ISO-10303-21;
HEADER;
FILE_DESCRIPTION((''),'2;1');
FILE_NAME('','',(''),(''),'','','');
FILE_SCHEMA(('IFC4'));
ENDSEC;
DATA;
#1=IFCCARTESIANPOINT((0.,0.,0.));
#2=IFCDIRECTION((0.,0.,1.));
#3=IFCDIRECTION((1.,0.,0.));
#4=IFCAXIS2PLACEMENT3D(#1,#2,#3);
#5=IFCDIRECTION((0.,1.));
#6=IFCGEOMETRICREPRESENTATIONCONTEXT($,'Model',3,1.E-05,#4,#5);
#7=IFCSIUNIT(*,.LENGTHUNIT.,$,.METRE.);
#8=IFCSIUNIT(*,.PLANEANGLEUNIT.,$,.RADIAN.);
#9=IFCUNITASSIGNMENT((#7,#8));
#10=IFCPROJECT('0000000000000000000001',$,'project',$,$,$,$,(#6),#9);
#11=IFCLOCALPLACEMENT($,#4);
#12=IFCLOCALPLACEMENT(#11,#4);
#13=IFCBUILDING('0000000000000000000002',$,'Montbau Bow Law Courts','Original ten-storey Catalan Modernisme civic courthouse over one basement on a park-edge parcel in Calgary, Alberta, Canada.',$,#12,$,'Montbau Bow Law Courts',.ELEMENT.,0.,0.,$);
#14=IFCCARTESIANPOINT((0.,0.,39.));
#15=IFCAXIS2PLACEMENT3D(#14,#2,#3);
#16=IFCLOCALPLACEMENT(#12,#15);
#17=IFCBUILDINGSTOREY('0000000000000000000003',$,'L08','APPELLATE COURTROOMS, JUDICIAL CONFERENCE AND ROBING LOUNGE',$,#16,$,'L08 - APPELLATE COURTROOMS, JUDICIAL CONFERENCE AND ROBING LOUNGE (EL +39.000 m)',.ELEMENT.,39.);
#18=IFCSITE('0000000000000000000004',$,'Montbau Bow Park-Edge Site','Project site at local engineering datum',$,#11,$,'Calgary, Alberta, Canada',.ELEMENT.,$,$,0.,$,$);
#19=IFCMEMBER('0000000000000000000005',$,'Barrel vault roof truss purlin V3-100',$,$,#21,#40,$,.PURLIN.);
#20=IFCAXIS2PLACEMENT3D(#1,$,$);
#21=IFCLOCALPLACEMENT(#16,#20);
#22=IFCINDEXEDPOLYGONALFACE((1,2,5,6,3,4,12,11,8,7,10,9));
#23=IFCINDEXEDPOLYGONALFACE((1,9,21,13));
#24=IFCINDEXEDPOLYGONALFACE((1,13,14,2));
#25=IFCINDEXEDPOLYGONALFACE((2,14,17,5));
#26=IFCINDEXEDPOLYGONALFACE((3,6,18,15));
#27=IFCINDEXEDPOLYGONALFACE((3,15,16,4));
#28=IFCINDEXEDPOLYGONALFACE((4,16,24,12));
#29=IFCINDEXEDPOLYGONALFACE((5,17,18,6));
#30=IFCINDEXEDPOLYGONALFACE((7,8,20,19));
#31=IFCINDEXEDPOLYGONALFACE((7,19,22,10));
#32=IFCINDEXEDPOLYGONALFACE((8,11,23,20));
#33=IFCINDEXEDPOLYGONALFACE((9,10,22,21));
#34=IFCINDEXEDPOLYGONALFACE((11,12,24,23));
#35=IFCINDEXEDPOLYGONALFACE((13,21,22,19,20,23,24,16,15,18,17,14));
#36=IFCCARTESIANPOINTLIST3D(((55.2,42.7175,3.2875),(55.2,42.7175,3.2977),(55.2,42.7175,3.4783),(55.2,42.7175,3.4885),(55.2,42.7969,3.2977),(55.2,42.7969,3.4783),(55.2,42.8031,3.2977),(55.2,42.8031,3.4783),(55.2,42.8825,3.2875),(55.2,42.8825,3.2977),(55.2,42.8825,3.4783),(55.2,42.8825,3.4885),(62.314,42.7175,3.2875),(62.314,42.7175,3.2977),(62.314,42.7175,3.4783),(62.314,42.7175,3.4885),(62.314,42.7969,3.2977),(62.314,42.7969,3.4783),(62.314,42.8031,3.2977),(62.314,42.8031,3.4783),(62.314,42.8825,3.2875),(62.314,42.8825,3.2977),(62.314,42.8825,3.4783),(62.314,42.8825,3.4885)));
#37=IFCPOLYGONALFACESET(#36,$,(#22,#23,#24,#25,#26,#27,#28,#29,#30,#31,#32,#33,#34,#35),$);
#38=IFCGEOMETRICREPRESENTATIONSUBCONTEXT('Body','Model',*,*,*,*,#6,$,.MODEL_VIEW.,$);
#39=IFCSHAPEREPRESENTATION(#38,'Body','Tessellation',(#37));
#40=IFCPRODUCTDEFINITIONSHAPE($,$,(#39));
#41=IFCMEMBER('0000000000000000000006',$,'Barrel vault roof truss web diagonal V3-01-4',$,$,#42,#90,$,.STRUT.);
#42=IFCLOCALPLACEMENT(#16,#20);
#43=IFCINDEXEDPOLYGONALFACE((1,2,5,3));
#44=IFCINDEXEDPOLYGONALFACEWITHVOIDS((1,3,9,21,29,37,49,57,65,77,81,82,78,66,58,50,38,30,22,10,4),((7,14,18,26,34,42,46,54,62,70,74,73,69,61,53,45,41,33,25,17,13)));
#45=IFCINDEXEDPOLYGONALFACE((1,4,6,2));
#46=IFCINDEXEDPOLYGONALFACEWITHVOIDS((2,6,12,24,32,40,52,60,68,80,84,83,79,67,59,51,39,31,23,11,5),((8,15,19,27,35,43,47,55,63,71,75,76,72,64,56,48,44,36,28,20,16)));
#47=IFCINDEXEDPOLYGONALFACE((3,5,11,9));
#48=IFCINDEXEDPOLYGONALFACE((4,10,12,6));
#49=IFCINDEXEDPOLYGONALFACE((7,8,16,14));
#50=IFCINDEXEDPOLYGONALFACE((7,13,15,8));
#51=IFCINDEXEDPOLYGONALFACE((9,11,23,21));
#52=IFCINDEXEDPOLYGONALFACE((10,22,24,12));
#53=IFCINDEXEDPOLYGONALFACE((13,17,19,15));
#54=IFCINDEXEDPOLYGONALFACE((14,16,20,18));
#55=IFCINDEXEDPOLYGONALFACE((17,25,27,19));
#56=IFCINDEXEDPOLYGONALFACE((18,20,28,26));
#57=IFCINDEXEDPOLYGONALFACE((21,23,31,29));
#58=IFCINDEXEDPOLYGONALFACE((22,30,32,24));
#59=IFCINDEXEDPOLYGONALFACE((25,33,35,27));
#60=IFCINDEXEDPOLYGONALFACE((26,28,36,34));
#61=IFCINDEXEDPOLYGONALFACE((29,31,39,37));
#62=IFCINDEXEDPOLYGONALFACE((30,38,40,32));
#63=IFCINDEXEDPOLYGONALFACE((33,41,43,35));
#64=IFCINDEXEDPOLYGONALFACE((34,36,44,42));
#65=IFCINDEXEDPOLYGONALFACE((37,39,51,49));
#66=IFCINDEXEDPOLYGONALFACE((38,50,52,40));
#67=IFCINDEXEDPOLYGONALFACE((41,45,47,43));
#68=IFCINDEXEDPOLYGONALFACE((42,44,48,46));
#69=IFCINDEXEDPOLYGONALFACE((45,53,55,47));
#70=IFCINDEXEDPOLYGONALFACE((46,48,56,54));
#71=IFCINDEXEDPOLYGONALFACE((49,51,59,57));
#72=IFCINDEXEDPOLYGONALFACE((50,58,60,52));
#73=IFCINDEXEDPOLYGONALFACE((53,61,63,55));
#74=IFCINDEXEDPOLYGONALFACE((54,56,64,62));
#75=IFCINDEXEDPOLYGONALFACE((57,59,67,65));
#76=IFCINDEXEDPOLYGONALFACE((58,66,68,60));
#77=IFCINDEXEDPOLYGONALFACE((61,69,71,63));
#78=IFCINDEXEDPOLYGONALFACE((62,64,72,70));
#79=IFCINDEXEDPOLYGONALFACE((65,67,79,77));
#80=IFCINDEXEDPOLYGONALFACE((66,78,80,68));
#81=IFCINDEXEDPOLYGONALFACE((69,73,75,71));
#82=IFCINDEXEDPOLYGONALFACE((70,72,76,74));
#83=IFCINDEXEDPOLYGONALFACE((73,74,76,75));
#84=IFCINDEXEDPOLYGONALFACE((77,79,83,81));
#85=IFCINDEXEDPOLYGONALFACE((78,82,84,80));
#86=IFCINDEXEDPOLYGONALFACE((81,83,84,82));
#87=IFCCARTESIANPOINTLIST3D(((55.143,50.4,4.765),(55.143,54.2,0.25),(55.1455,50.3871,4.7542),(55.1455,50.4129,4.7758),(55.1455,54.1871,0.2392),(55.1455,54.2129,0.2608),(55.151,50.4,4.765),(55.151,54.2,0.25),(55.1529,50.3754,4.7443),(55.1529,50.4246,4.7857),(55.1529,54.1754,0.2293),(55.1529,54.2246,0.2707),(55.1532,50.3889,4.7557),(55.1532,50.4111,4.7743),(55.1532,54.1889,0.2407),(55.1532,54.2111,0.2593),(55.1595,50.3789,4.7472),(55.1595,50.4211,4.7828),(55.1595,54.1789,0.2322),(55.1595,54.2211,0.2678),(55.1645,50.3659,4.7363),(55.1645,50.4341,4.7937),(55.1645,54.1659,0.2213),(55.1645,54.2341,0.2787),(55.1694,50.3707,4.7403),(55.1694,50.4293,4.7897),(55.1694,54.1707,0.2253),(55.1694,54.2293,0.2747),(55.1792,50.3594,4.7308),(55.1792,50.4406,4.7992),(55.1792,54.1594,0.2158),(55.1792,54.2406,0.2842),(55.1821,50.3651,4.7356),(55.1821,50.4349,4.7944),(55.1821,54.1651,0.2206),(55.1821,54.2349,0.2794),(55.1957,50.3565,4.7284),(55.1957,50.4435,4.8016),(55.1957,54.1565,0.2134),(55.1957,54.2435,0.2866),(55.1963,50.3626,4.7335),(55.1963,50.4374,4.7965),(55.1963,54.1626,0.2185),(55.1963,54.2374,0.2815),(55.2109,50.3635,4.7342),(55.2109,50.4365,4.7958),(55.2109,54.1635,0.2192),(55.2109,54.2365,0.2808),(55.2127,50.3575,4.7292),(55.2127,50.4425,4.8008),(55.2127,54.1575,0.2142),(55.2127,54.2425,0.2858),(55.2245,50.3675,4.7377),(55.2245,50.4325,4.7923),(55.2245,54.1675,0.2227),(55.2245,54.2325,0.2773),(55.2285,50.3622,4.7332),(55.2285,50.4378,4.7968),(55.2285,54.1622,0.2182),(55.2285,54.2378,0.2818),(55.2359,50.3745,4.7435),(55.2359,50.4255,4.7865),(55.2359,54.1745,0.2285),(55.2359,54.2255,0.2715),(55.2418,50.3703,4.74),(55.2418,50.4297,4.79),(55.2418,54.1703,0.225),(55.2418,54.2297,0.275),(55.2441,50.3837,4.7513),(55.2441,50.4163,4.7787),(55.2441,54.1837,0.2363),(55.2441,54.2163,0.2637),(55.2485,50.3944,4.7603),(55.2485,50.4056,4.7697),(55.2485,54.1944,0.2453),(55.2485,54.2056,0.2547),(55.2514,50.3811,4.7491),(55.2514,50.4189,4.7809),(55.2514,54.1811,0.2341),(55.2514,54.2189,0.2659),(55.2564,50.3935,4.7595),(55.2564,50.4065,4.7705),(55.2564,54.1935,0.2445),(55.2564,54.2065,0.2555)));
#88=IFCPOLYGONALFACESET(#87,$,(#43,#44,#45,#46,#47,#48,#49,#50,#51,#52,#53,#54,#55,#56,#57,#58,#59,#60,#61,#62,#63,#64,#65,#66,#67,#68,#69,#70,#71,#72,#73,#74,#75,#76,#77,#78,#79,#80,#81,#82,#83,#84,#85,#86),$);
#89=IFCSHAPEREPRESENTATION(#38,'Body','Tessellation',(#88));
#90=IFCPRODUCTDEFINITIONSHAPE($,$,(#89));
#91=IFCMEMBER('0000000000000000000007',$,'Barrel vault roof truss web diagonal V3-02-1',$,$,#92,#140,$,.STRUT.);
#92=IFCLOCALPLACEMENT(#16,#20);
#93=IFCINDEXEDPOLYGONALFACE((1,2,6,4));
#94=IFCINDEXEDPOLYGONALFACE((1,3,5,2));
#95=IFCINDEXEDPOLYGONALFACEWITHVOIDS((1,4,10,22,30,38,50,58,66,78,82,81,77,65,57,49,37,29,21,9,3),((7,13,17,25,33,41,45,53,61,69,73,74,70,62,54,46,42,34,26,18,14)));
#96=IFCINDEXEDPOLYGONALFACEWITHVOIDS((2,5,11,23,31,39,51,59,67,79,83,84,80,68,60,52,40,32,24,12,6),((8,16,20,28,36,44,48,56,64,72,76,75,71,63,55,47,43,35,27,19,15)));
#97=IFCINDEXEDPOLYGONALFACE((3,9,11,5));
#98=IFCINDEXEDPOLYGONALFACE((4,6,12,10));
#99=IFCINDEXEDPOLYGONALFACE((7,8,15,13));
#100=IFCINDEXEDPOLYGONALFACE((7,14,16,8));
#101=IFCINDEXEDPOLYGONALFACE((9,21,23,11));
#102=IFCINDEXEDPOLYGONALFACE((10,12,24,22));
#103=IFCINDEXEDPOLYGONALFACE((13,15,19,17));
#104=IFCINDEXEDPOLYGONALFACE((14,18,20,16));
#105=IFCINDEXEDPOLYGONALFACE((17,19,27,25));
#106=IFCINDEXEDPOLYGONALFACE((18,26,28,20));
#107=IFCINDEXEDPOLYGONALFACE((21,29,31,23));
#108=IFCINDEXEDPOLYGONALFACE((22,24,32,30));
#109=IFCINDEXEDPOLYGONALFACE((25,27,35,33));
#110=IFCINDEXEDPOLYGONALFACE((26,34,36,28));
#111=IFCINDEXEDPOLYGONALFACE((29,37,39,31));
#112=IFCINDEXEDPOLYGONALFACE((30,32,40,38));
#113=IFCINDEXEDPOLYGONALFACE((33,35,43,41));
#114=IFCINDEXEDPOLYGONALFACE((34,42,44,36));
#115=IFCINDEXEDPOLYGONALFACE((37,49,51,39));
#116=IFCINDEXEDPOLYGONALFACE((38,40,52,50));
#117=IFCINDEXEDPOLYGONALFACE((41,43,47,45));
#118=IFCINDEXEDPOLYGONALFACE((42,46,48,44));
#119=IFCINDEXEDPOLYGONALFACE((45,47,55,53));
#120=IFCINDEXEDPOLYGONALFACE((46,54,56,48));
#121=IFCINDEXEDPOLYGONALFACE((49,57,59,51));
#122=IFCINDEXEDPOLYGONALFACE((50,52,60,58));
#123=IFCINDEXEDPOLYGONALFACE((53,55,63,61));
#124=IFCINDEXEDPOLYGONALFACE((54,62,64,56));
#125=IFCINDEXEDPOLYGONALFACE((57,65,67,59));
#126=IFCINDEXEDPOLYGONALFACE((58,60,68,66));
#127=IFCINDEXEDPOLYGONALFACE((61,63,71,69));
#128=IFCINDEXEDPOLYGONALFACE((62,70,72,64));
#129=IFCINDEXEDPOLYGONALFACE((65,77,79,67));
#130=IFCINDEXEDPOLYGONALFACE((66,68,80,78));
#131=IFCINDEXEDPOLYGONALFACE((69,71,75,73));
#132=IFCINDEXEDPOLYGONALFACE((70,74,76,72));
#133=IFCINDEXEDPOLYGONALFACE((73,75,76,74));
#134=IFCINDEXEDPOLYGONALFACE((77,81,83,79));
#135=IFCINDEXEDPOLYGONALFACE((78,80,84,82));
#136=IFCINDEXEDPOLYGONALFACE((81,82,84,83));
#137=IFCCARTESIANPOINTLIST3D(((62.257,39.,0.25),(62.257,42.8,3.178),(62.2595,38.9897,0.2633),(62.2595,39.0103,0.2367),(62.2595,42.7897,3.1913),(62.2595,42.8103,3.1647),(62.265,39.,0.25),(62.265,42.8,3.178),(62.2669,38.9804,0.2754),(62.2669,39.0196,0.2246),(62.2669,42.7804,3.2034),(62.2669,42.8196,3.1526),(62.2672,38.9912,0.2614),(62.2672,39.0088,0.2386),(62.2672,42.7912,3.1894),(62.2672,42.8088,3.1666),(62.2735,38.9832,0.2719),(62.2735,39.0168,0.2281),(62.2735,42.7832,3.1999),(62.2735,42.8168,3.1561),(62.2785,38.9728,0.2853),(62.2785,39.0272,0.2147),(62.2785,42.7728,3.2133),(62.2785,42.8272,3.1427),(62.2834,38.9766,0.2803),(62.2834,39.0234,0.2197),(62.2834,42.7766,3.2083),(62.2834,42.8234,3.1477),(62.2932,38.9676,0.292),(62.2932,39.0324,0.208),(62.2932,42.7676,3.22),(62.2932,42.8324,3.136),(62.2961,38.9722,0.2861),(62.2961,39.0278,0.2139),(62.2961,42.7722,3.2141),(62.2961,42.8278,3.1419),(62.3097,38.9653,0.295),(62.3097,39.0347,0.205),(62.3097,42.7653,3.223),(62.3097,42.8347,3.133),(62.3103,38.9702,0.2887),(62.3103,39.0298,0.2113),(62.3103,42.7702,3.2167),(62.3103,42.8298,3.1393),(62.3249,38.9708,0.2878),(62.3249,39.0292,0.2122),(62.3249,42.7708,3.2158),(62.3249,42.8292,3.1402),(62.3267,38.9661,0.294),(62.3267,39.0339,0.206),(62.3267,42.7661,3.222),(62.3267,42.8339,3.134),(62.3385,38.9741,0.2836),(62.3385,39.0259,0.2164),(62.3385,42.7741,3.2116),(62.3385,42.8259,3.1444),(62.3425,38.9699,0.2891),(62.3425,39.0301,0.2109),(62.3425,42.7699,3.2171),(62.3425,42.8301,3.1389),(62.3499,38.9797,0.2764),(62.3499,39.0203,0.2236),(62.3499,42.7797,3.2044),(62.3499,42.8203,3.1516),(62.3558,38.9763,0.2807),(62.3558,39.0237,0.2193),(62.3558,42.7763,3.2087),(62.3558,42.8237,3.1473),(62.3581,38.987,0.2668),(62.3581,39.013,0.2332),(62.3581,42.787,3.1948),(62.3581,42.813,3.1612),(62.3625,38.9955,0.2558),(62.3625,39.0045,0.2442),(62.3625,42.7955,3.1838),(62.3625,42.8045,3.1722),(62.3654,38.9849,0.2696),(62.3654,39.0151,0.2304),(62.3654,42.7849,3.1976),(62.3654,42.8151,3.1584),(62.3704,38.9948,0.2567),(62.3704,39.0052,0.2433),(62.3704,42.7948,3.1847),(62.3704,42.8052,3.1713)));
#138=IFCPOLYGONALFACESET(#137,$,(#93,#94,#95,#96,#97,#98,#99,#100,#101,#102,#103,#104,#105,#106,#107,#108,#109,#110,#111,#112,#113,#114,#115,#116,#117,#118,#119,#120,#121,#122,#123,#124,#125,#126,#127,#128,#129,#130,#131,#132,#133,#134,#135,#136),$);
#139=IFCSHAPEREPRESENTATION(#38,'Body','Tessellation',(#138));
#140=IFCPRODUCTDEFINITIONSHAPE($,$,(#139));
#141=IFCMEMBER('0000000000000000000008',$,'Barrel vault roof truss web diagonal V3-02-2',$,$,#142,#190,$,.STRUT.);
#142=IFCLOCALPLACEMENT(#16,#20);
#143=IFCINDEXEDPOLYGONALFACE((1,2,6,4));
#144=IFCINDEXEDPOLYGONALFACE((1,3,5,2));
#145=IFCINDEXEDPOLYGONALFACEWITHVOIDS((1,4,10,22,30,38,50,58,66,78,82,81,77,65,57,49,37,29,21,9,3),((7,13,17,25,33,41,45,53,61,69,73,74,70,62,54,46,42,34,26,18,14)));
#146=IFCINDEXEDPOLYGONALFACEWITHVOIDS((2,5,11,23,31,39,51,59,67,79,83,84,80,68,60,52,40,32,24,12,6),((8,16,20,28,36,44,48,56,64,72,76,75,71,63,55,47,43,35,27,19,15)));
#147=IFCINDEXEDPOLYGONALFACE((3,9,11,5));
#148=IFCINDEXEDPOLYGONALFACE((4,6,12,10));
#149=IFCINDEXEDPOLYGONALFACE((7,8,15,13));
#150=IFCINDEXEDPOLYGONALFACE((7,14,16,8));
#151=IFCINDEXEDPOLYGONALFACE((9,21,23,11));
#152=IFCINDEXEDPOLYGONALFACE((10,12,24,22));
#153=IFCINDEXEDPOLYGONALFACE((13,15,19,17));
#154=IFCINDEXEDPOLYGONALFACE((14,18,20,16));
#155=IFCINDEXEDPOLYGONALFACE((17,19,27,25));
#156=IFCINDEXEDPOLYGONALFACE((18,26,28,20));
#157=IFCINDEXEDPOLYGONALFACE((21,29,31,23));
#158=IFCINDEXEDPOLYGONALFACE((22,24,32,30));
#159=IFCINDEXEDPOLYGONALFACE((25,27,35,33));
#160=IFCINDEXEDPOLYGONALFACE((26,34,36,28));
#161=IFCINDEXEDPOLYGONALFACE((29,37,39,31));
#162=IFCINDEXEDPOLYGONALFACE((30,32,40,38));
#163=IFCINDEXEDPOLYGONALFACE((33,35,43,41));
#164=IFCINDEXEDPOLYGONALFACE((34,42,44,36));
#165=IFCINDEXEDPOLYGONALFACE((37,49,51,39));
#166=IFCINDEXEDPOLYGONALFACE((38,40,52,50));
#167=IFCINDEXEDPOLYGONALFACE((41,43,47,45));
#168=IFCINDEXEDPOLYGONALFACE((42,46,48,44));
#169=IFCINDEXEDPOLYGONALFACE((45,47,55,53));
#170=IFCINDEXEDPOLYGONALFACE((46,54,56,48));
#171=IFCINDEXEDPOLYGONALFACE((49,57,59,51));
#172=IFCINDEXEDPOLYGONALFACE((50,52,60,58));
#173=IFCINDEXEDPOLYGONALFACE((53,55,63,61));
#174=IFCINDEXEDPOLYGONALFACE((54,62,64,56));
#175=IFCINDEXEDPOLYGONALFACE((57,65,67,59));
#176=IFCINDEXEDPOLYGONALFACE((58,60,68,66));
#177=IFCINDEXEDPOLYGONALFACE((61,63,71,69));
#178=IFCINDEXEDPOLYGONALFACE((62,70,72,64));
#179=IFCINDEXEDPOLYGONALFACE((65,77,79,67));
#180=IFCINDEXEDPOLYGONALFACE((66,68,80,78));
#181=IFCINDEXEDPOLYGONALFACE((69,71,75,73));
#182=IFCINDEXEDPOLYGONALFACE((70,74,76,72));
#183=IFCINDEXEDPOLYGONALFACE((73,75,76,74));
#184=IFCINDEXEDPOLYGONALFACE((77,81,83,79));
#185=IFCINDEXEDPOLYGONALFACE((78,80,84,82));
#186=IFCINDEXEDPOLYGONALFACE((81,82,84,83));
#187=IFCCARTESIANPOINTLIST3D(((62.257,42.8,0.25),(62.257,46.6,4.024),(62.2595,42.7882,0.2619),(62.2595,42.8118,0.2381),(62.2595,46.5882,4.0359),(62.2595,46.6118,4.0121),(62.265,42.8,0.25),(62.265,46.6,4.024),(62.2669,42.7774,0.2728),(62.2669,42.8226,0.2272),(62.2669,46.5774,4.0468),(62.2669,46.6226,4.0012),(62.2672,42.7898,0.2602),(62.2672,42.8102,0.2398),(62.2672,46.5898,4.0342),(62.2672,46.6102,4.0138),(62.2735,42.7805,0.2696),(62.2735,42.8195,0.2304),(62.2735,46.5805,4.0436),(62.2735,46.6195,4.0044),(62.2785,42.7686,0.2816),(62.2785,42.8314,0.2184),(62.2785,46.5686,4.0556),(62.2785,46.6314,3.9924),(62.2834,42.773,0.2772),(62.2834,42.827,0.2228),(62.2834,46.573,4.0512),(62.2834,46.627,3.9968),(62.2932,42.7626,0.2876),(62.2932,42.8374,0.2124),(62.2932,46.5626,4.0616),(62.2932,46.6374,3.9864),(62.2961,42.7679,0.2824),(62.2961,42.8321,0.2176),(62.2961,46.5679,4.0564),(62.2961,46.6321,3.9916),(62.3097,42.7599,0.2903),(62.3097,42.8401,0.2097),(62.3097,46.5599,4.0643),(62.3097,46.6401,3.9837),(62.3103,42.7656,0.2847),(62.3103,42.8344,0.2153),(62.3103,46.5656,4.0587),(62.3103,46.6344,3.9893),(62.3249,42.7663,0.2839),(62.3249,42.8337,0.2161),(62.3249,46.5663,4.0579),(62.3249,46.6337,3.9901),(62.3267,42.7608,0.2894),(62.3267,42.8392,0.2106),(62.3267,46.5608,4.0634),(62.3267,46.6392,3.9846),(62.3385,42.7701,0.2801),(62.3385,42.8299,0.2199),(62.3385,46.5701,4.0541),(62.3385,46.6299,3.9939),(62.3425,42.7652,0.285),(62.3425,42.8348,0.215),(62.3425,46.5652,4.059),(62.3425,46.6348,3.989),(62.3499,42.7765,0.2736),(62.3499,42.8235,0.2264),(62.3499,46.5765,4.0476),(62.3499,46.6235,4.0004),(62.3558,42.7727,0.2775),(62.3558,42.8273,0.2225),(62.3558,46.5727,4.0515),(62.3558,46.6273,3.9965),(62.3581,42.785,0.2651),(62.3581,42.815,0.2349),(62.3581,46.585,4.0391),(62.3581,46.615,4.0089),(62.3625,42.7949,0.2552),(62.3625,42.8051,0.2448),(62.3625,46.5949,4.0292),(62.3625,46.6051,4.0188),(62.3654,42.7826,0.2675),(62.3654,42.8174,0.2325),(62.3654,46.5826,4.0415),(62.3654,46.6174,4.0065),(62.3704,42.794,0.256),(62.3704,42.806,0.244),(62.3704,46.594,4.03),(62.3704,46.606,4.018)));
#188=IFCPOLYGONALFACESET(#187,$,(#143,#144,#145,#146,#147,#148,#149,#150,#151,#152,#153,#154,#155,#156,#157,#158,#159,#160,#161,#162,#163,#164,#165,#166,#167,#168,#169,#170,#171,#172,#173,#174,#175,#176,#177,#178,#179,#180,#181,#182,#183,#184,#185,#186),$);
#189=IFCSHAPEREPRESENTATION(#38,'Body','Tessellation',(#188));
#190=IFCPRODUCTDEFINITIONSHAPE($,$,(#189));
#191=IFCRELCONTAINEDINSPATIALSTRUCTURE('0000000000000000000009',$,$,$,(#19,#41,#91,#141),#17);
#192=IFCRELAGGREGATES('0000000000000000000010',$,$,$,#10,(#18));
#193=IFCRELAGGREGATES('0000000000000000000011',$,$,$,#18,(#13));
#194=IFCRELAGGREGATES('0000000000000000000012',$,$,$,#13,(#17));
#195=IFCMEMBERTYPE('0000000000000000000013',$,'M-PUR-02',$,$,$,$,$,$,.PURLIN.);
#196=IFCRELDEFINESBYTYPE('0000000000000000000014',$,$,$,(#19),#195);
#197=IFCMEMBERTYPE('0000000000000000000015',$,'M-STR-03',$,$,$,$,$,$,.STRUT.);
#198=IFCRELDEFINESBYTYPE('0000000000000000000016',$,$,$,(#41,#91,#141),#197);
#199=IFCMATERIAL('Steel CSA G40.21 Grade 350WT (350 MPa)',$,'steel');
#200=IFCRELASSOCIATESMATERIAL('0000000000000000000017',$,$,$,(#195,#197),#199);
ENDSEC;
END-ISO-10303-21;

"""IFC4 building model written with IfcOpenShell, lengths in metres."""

from ifc_helpers import new_model, si_unit, direction, frame, origin_with_axes, origin_2d_with_axis, place, context, subcontext, project, spatial, hollow_circle, i_section, extrude, material, material_profile, profile_set, type_object, element, save


model = new_model("IFC4")

# Units and contexts
model_context = context("Model", 3, precision=1e-05, world=origin_with_axes(), true_north=direction((0.0, 1.0)))
body_context = subcontext(model_context, "Body", "Model", "MODEL_VIEW")
ifc_project = project(units=[si_unit("LENGTHUNIT", "METRE"), si_unit("PLANEANGLEUNIT", "RADIAN")], contexts=[model_context])

# Site, building, storey
site_placement = place(None, origin_with_axes())
site = spatial("IfcSite", under=ifc_project, at=site_placement, Name="Montbau Bow Park-Edge Site", Description="Project site at local engineering datum", LongName="Calgary, Alberta, Canada", CompositionType="ELEMENT", RefElevation=0.0)
building_placement = place(site_placement, origin_with_axes())
building = spatial("IfcBuilding", under=site, at=building_placement, Name="Montbau Bow Law Courts", Description="Original ten-storey Catalan Modernisme civic courthouse over one basement on a park-edge parcel in Calgary, Alberta, Canada.", LongName="Montbau Bow Law Courts", CompositionType="ELEMENT", ElevationOfRefHeight=0.0, ElevationOfTerrain=0.0)
storey_placement = place(building_placement, frame((0.0, 0.0, 39.0), z_axis=(0.0, 0.0, 1.0), x_axis=(1.0, 0.0, 0.0)))
storey = spatial("IfcBuildingStorey", under=building, at=storey_placement, Name="L08", Description="APPELLATE COURTROOMS, JUDICIAL CONFERENCE AND ROBING LOUNGE", LongName="L08 - APPELLATE COURTROOMS, JUDICIAL CONFERENCE AND ROBING LOUNGE (EL +39.000 m)", CompositionType="ELEMENT", Elevation=39.0)

# Shared definitions
ifc_material_1 = material(Name="Steel CSA G40.21 Grade 350WT (350 MPa)", Category="steel")

# Members
ifc_material_profile_1 = material_profile(ifc_material_1, i_section(OverallWidth=0.165, OverallDepth=0.201, WebThickness=0.0062, FlangeThickness=0.0102, at=origin_2d_with_axis()), Name="W200X36", Category="Main", Priority=0)
ifc_profile_set_1 = profile_set([ifc_material_profile_1], Name="Steel CSA G40.21 Grade 350WT (350 MPa)")
member_type_1 = type_object("IfcMemberType", Name="M-PUR-02", PredefinedType="PURLIN", material=ifc_profile_set_1)
member_1_placement = place(None, frame((55.2, 42.8, 42.388), z_axis=(1.0, 0.0, 0.0), x_axis=(0.0, 1.0, 0.0)))
element("IfcMember", 1, at=member_1_placement, inside=storey, type_object=member_type_1, Name="Barrel vault roof truss purlin V3-100", PredefinedType="PURLIN", context=body_context, shape_type="SweptSolid", body=[
    extrude(i_section(OverallWidth=0.165, OverallDepth=0.201, WebThickness=0.0062, FlangeThickness=0.0102, at=origin_2d_with_axis()), origin_with_axes(), (0.0, 0.0, 1.0), 7.114),
])
ifc_material_profile_2 = material_profile(ifc_material_1, hollow_circle(Radius=0.057, WallThickness=0.008, at=origin_2d_with_axis()), Name="HSS114X8.0", Category="Main", Priority=0)
ifc_profile_set_2 = profile_set([ifc_material_profile_2], Name="Steel CSA G40.21 Grade 350WT (350 MPa)")
member_type_2 = type_object("IfcMemberType", Name="M-STR-03", PredefinedType="STRUT", material=ifc_profile_set_2)
member_2_placement = place(None, frame((55.2, 50.4, 43.765), z_axis=(0.0, 0.643927, -0.765087), x_axis=(-1.0, 0.0, 0.0)))
element("IfcMember", 2, at=member_2_placement, inside=storey, type_object=member_type_2, Name="Barrel vault roof truss web diagonal V3-01-4", PredefinedType="STRUT", context=body_context, shape_type="SweptSolid", body=[
    extrude(hollow_circle(Radius=0.057, WallThickness=0.008, at=origin_2d_with_axis()), origin_with_axes(), (0.0, 0.0, 1.0), 5.9013),
])
member_3_placement = place(None, frame((62.314, 39.0, 39.25), z_axis=(0.0, 0.792128, 0.610355), x_axis=(-1.0, 0.0, 0.0)))
element("IfcMember", 3, at=member_3_placement, inside=storey, type_object=member_type_2, Name="Barrel vault roof truss web diagonal V3-02-1", PredefinedType="STRUT", context=body_context, shape_type="SweptSolid", body=[
    extrude(hollow_circle(Radius=0.057, WallThickness=0.008, at=origin_2d_with_axis()), origin_with_axes(), (0.0, 0.0, 1.0), 4.7972),
])
member_4_placement = place(None, frame((62.314, 42.8, 39.25), z_axis=(0.0, 0.70953, 0.704675), x_axis=(-1.0, 0.0, 0.0)))
element("IfcMember", 4, at=member_4_placement, inside=storey, type_object=member_type_2, Name="Barrel vault roof truss web diagonal V3-02-2", PredefinedType="STRUT", context=body_context, shape_type="SweptSolid", body=[
    extrude(hollow_circle(Radius=0.057, WallThickness=0.008, at=origin_2d_with_axis()), origin_with_axes(), (0.0, 0.0, 1.0), 5.3557),
])

save(model, "model.ifc")
